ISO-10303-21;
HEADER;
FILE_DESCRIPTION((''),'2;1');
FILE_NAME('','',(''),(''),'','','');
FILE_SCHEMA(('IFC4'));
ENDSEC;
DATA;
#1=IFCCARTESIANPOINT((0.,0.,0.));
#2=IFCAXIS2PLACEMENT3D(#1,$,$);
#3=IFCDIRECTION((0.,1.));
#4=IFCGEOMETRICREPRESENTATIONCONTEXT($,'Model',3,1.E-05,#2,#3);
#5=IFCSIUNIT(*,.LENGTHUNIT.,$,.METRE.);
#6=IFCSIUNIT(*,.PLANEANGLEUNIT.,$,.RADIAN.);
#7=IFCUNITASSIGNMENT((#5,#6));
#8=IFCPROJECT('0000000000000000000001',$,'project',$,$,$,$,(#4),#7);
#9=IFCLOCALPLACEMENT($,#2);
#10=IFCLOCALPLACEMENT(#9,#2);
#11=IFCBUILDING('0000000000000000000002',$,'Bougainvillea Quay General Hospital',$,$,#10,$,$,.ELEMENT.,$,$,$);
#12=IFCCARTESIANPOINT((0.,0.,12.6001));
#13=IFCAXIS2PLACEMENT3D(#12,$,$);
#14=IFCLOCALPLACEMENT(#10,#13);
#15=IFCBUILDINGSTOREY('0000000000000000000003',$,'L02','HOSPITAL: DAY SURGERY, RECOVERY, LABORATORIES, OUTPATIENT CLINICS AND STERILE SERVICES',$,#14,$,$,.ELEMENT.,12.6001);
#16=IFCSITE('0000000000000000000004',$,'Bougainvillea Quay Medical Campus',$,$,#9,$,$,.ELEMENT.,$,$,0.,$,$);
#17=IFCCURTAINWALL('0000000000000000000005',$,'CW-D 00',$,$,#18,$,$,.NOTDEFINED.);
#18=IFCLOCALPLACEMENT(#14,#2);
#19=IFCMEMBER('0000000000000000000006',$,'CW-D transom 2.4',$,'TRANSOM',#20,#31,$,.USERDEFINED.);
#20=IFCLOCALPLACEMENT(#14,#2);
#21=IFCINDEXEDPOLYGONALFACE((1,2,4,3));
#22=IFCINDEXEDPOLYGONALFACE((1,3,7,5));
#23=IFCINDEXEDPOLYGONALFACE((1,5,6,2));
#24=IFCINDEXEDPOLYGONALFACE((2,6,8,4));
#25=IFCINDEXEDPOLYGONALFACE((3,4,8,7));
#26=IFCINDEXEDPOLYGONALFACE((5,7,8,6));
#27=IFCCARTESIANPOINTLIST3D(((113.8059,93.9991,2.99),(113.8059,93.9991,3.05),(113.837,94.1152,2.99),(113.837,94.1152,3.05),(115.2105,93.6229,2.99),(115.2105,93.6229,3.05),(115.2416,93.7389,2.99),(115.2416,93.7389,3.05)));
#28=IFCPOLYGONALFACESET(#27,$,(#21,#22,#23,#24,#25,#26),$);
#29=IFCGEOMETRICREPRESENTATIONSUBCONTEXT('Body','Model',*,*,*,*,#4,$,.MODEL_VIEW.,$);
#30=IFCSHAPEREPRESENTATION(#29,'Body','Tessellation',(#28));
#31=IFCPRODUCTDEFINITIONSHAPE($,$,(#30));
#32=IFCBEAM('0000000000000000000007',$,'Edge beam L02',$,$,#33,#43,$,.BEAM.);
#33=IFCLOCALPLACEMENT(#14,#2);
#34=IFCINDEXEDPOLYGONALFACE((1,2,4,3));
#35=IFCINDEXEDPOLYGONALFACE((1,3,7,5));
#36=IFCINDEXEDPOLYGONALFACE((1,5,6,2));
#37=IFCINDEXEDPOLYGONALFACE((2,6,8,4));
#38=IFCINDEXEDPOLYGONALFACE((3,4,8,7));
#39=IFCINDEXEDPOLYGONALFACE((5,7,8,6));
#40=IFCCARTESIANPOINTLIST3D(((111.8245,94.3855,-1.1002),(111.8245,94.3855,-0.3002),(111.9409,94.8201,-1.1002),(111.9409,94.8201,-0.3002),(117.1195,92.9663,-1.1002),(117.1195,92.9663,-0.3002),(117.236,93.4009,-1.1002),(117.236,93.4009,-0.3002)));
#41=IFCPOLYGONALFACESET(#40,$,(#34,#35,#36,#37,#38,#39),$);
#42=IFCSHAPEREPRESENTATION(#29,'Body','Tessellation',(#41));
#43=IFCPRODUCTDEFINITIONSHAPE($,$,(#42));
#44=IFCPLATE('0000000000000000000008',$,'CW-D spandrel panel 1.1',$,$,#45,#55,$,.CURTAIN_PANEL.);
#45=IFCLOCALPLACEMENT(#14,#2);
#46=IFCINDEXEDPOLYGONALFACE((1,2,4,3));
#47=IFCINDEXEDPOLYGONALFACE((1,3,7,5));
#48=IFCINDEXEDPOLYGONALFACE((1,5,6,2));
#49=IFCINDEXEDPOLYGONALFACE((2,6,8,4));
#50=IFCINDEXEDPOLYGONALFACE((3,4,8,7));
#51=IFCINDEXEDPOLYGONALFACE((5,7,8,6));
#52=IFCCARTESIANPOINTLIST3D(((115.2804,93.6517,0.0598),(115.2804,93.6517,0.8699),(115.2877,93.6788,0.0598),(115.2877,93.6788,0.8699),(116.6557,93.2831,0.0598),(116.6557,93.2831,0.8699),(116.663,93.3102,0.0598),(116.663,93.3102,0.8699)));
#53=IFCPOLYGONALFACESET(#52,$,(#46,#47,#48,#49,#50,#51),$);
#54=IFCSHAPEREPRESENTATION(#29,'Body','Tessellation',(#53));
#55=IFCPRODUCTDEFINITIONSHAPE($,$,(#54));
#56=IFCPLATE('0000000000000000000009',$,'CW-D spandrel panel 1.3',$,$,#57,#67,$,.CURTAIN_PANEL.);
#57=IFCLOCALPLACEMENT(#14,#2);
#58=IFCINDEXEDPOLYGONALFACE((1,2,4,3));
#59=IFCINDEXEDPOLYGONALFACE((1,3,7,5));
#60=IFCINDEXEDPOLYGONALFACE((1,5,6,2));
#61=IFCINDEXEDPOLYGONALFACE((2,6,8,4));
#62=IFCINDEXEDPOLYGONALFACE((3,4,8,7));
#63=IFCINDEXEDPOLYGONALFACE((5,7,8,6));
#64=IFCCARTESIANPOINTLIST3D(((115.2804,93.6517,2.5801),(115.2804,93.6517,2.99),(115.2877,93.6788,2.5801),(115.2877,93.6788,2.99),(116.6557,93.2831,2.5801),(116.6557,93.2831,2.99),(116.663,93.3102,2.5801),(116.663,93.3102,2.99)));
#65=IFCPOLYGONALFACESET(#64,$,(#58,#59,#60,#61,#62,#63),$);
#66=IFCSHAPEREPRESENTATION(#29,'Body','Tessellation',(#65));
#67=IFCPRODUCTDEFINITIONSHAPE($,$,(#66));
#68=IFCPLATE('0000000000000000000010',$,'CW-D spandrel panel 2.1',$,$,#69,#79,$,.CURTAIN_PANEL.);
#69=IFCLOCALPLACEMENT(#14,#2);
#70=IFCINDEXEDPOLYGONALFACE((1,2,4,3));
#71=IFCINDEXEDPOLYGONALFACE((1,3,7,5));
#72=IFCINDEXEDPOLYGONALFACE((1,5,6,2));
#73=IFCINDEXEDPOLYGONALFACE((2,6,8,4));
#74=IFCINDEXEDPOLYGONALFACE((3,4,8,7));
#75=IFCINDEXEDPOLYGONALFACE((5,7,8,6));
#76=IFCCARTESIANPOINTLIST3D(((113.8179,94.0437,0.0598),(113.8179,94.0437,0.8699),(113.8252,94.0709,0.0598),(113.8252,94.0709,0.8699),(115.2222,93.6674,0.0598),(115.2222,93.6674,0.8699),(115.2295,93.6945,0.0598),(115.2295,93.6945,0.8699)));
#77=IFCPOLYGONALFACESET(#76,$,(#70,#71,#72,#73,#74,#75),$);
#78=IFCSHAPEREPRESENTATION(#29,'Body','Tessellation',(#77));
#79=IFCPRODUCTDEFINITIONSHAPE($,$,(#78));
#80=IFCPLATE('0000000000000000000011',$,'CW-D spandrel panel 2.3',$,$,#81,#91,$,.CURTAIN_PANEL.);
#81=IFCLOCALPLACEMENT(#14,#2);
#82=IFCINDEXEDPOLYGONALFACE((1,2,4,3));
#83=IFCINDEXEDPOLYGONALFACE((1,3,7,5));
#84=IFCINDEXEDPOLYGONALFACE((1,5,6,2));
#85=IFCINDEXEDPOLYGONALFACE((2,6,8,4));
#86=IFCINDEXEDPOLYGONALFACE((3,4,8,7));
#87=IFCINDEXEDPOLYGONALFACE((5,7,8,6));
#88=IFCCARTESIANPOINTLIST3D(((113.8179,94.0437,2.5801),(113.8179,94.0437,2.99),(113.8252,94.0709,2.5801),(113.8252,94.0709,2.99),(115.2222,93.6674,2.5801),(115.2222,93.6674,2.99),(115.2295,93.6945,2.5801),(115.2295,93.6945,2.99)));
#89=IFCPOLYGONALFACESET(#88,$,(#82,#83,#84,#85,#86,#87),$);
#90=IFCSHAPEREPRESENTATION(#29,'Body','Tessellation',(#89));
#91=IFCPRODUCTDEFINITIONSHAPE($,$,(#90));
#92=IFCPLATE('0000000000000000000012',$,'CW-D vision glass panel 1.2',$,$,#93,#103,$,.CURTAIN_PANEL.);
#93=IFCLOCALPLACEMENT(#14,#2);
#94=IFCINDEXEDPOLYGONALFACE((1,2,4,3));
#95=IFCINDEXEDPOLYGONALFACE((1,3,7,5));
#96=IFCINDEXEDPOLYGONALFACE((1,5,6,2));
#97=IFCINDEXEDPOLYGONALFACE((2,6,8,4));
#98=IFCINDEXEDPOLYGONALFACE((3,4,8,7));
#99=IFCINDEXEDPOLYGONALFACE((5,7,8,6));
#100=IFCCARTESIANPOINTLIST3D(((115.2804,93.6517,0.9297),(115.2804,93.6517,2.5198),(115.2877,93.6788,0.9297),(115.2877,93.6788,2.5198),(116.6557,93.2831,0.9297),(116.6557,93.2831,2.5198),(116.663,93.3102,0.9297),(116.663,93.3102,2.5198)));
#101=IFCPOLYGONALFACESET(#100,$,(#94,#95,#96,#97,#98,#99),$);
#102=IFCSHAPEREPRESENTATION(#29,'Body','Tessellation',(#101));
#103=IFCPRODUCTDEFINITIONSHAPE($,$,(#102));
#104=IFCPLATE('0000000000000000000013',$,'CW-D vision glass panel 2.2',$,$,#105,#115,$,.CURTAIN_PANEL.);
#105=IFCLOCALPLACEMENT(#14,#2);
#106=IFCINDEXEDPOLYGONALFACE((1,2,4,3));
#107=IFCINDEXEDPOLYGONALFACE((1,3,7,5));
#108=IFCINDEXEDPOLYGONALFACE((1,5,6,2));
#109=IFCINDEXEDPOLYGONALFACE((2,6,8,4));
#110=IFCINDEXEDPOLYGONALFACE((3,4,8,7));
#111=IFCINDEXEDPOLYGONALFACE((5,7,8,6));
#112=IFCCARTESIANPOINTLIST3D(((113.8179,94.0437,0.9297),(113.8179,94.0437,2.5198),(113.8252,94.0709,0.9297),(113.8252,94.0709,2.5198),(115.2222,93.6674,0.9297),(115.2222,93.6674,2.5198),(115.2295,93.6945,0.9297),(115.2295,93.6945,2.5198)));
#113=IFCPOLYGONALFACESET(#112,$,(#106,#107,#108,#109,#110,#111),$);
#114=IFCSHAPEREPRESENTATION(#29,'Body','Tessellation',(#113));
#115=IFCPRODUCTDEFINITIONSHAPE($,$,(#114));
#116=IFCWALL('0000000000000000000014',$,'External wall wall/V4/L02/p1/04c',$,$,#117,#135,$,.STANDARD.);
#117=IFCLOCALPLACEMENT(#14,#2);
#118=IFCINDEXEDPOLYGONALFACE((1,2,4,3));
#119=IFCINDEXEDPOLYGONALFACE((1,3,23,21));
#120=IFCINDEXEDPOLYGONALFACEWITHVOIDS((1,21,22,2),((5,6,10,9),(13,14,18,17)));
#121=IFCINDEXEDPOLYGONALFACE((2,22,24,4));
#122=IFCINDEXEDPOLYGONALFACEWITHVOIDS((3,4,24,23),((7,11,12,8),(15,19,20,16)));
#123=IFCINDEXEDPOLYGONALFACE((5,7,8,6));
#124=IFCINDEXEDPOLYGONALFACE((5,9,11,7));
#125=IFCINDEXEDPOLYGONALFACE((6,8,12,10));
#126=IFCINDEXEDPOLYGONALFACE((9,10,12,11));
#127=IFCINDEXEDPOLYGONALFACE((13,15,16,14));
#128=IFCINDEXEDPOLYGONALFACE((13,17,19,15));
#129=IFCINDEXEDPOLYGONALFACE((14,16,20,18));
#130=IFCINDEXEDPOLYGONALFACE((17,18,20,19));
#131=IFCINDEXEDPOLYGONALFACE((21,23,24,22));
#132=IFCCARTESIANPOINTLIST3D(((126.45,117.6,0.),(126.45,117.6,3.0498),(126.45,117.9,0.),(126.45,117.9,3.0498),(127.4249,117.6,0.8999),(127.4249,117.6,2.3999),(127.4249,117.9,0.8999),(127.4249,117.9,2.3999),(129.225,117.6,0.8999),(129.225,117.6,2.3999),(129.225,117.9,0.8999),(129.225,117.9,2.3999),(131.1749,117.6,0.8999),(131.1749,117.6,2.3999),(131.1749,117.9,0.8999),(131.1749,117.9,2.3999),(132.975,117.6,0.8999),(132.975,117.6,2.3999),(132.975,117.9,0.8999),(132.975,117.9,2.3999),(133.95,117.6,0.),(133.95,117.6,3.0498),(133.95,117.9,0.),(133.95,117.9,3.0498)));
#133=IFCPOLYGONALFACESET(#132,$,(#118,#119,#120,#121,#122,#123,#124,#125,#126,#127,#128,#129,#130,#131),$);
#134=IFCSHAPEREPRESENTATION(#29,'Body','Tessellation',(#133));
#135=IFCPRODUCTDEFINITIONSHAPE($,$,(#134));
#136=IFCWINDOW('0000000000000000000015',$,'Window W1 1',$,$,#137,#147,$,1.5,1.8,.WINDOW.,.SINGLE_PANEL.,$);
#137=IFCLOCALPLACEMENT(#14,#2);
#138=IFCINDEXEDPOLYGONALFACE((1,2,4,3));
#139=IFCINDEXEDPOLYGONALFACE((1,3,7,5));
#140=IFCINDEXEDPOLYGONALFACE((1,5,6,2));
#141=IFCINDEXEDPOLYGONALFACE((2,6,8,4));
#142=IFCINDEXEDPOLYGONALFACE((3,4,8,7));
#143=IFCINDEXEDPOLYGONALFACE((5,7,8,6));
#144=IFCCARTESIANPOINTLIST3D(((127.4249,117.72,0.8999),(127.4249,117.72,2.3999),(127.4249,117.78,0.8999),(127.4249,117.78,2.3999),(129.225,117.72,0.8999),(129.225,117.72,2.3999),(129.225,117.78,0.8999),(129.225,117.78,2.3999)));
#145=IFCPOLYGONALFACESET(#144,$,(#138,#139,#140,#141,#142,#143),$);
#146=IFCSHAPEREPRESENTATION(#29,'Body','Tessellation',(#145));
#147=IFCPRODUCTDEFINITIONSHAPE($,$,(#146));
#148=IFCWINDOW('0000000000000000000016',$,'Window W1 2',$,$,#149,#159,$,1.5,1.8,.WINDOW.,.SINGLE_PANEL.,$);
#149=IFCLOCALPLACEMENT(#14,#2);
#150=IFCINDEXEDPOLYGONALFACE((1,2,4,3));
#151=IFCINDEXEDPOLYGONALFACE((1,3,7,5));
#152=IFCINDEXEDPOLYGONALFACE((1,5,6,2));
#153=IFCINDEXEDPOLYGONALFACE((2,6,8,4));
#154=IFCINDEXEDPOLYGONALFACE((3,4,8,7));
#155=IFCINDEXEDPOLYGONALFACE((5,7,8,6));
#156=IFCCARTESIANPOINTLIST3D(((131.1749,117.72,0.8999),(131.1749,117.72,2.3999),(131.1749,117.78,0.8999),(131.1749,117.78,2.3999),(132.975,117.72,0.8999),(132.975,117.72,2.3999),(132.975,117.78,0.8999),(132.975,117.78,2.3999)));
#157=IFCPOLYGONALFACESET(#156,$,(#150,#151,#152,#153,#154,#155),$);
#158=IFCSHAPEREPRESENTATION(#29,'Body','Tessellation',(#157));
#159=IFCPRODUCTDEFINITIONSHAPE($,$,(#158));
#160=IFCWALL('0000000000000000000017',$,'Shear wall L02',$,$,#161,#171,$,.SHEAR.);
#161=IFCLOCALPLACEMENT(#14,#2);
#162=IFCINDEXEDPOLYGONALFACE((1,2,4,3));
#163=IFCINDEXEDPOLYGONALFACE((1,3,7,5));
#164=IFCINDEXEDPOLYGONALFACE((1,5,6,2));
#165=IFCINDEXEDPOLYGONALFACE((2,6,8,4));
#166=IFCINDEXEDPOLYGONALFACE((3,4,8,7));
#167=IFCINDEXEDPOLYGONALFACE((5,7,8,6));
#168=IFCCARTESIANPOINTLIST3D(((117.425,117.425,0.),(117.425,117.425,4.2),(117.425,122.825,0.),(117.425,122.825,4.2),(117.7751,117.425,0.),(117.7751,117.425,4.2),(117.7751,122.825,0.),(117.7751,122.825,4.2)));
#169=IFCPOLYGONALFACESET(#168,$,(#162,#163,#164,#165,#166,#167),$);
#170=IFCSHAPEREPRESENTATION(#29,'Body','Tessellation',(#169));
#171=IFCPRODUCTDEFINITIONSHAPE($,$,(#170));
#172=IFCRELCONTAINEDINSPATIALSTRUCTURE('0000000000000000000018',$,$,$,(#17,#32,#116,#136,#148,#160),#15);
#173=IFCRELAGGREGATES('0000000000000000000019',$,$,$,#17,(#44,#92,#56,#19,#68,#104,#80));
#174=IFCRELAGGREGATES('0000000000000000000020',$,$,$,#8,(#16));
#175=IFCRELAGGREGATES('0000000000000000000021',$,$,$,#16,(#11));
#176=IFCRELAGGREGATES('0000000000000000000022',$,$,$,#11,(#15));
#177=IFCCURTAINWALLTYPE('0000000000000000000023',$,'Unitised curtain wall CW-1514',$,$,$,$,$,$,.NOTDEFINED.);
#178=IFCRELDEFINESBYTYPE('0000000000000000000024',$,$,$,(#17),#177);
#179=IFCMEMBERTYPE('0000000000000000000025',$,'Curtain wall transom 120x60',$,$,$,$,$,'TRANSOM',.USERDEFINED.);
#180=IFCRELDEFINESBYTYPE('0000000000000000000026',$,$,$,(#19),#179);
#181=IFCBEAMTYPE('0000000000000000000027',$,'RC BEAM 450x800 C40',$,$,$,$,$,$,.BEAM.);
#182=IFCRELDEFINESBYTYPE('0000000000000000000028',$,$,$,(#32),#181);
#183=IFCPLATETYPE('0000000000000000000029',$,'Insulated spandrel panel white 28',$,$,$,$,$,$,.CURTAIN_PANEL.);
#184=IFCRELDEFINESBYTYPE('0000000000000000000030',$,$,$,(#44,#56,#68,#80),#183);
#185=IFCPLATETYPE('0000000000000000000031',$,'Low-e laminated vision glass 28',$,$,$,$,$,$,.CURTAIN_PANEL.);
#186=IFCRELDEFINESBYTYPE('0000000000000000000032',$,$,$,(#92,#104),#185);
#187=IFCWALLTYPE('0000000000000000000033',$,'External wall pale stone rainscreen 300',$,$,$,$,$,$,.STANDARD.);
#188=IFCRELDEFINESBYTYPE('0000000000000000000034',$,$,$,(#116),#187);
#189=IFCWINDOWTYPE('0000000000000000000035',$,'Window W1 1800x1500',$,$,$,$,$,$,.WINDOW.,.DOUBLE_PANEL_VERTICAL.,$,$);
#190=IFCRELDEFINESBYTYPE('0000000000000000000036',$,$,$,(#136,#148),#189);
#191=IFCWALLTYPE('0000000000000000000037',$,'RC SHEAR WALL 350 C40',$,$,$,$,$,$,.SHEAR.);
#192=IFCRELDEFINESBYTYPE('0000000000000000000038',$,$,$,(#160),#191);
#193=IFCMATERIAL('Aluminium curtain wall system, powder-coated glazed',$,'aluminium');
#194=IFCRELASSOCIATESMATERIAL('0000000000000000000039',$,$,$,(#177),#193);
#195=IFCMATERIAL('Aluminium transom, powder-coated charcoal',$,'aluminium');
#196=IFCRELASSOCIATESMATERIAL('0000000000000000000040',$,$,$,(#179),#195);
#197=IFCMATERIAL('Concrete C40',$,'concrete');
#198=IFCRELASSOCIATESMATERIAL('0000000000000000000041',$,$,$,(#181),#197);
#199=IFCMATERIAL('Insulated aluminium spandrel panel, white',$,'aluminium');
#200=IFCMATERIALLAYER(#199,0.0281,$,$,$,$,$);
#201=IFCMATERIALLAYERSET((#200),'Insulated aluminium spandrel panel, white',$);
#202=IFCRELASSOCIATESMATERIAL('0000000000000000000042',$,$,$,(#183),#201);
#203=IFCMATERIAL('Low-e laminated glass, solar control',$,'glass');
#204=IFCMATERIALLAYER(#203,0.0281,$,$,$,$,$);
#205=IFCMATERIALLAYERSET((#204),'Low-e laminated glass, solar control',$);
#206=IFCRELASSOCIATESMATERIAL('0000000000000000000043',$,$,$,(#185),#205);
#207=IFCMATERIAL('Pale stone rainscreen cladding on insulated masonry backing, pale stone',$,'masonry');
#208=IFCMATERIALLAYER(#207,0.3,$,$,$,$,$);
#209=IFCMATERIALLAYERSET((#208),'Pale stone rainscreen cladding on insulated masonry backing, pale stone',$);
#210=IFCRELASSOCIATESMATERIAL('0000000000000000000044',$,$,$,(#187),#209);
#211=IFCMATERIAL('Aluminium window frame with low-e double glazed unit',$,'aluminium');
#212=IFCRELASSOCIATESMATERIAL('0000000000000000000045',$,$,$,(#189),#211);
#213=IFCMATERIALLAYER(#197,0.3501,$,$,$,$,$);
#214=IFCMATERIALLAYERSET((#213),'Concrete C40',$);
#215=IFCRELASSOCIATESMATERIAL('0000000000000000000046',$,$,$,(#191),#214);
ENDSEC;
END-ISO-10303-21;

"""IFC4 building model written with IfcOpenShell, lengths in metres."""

from ifc_helpers import new_model, si_unit, direction, frame, frame_2d, origin, origin_2d, place, context, subcontext, project, spatial, rectangle, extrude, material, layer, layer_set, material_profile, profile_set, type_object, element, fill, aggregate, save


model = new_model("IFC4")

# Units and contexts
model_context = context("Model", 3, precision=1e-05, world=origin(), true_north=direction((0.0, 1.0)))
body_context = subcontext(model_context, "Body", "Model", "MODEL_VIEW")
ifc_project = project(units=[si_unit("LENGTHUNIT", "METRE"), si_unit("PLANEANGLEUNIT", "RADIAN")], contexts=[model_context])

# Site, building, storey
site_placement = place(None, origin())
site = spatial("IfcSite", under=ifc_project, at=site_placement, Name="Bougainvillea Quay Medical Campus", CompositionType="ELEMENT", RefElevation=0.0)
building_placement = place(site_placement, origin())
building = spatial("IfcBuilding", under=site, at=building_placement, Name="Bougainvillea Quay General Hospital", CompositionType="ELEMENT")
storey_placement = place(building_placement, frame((0.0, 0.0, 12.6001)))
storey = spatial("IfcBuildingStorey", under=building, at=storey_placement, Name="L02", Description="HOSPITAL: DAY SURGERY, RECOVERY, LABORATORIES, OUTPATIENT CLINICS AND STERILE SERVICES", CompositionType="ELEMENT", Elevation=12.6001)

# Shared definitions
ifc_material_1 = material(Name="Concrete C40", Category="concrete")

# Curtain wall, member
ifc_material_2 = material(Name="Aluminium curtain wall system, powder-coated glazed", Category="aluminium")
curtain_wall_type = type_object("IfcCurtainWallType", Name="Unitised curtain wall CW-1514", PredefinedType="NOTDEFINED", material=ifc_material_2)
curtain_wall_placement = place(storey_placement, origin())
curtain_wall = element("IfcCurtainWall", 1, at=curtain_wall_placement, inside=storey, type_object=curtain_wall_type, Name="CW-D 00", PredefinedType="NOTDEFINED")
ifc_material_3 = material(Name="Aluminium transom, powder-coated charcoal", Category="aluminium")
ifc_material_profile_1 = material_profile(ifc_material_3, rectangle(XDim=0.1201, YDim=0.0601, at=origin_2d()))
ifc_profile_set_1 = profile_set([ifc_material_profile_1], Name="Aluminium transom, powder-coated charcoal")
member_type_1 = type_object("IfcMemberType", Name="Curtain wall transom 120x60", ElementType="TRANSOM", PredefinedType="USERDEFINED", material=ifc_profile_set_1)
member_1_placement = place(storey_placement, frame((115.2261, 93.6809, 3.02), z_axis=(-0.965947, 0.258739, 0.0), x_axis=(-0.258739, -0.965947, 0.0)))
member_1 = element("IfcMember", 2, at=member_1_placement, type_object=member_type_1, Name="CW-D transom 2.4", ObjectType="TRANSOM", PredefinedType="USERDEFINED", context=body_context, shape_type="SweptSolid", body=[
    extrude(rectangle(XDim=0.1201, YDim=0.0601, at=origin_2d()), origin(), (0.0, 0.0, 1.0), 1.4541),
])

# Beam
ifc_material_profile_2 = material_profile(ifc_material_1, rectangle(XDim=0.45, YDim=0.8, at=origin_2d()))
ifc_profile_set_2 = profile_set([ifc_material_profile_2], Name="Concrete C40")
beam_type = type_object("IfcBeamType", Name="RC BEAM 450x800 C40", PredefinedType="BEAM", material=ifc_profile_set_2)
beam_placement = place(storey_placement, frame((117.1777, 93.1836, -0.7002), z_axis=(-0.965907, 0.25889, 0.0), x_axis=(-0.25889, -0.965907, 0.0)))
element("IfcBeam", 3, at=beam_placement, inside=storey, type_object=beam_type, Name="Edge beam L02", PredefinedType="BEAM", context=body_context, shape_type="SweptSolid", body=[
    extrude(rectangle(XDim=0.45, YDim=0.8, at=origin_2d()), origin(), (0.0, 0.0, 1.0), 5.4819),
])

# Plates
ifc_material_4 = material(Name="Insulated aluminium spandrel panel, white", Category="aluminium")
ifc_layer_1 = layer(ifc_material_4, 0.0281)
ifc_layer_set_1 = layer_set([ifc_layer_1], Name="Insulated aluminium spandrel panel, white")
plate_type_1 = type_object("IfcPlateType", Name="Insulated spandrel panel white 28", PredefinedType="CURTAIN_PANEL", material=ifc_layer_set_1)
plate_1_placement = place(storey_placement, frame((115.9717, 93.481, 0.0598), z_axis=(0.0, 0.0, 1.0), x_axis=(-0.965916, 0.258855, 0.0)))
plate_1 = element("IfcPlate", 4, at=plate_1_placement, type_object=plate_type_1, Name="CW-D spandrel panel 1.1", PredefinedType="CURTAIN_PANEL", context=body_context, shape_type="SweptSolid", body=[
    extrude(rectangle(XDim=1.4238, YDim=0.0281, at=origin_2d()), origin(), (0.0, 0.0, 1.0), 0.8101),
])
plate_2_placement = place(storey_placement, frame((115.9717, 93.481, 2.5801), z_axis=(0.0, 0.0, 1.0), x_axis=(-0.965916, 0.258855, 0.0)))
plate_2 = element("IfcPlate", 5, at=plate_2_placement, type_object=plate_type_1, Name="CW-D spandrel panel 1.3", PredefinedType="CURTAIN_PANEL", context=body_context, shape_type="SweptSolid", body=[
    extrude(rectangle(XDim=1.4238, YDim=0.0281, at=origin_2d()), origin(), (0.0, 0.0, 1.0), 0.4099),
])
plate_3_placement = place(storey_placement, frame((114.5237, 93.8691, 0.0598), z_axis=(0.0, 0.0, 1.0), x_axis=(-0.965916, 0.258855, 0.0)))
plate_3 = element("IfcPlate", 6, at=plate_3_placement, type_object=plate_type_1, Name="CW-D spandrel panel 2.1", PredefinedType="CURTAIN_PANEL", context=body_context, shape_type="SweptSolid", body=[
    extrude(rectangle(XDim=1.4539, YDim=0.0281, at=origin_2d()), origin(), (0.0, 0.0, 1.0), 0.8101),
])
plate_4_placement = place(storey_placement, frame((114.5237, 93.8691, 2.5801), z_axis=(0.0, 0.0, 1.0), x_axis=(-0.965916, 0.258855, 0.0)))
plate_4 = element("IfcPlate", 7, at=plate_4_placement, type_object=plate_type_1, Name="CW-D spandrel panel 2.3", PredefinedType="CURTAIN_PANEL", context=body_context, shape_type="SweptSolid", body=[
    extrude(rectangle(XDim=1.4539, YDim=0.0281, at=origin_2d()), origin(), (0.0, 0.0, 1.0), 0.4099),
])
ifc_material_5 = material(Name="Low-e laminated glass, solar control", Category="glass")
ifc_layer_2 = layer(ifc_material_5, 0.0281)
ifc_layer_set_2 = layer_set([ifc_layer_2], Name="Low-e laminated glass, solar control")
plate_type_2 = type_object("IfcPlateType", Name="Low-e laminated vision glass 28", PredefinedType="CURTAIN_PANEL", material=ifc_layer_set_2)
plate_5_placement = place(storey_placement, frame((115.9717, 93.481, 0.9297), z_axis=(0.0, 0.0, 1.0), x_axis=(-0.965916, 0.258855, 0.0)))
plate_5 = element("IfcPlate", 8, at=plate_5_placement, type_object=plate_type_2, Name="CW-D vision glass panel 1.2", PredefinedType="CURTAIN_PANEL", context=body_context, shape_type="SweptSolid", body=[
    extrude(rectangle(XDim=1.4238, YDim=0.0281, at=origin_2d()), origin(), (0.0, 0.0, 1.0), 1.5901),
])
plate_6_placement = place(storey_placement, frame((114.5237, 93.8691, 0.9297), z_axis=(0.0, 0.0, 1.0), x_axis=(-0.965916, 0.258855, 0.0)))
plate_6 = element("IfcPlate", 9, at=plate_6_placement, type_object=plate_type_2, Name="CW-D vision glass panel 2.2", PredefinedType="CURTAIN_PANEL", context=body_context, shape_type="SweptSolid", body=[
    extrude(rectangle(XDim=1.4539, YDim=0.0281, at=origin_2d()), origin(), (0.0, 0.0, 1.0), 1.5901),
])
aggregate(curtain_wall, [plate_1, plate_5, plate_2, member_1, plate_3, plate_6, plate_4])

# Wall, openings, windows
ifc_material_6 = material(Name="Pale stone rainscreen cladding on insulated masonry backing, pale stone", Category="masonry")
ifc_layer_3 = layer(ifc_material_6, 0.3)
ifc_layer_set_3 = layer_set([ifc_layer_3], Name="Pale stone rainscreen cladding on insulated masonry backing, pale stone")
wall_type_1 = type_object("IfcWallType", Name="External wall pale stone rainscreen 300", PredefinedType="STANDARD", material=ifc_layer_set_3)
wall_1_placement = place(storey_placement, frame((126.45, 117.75, 0.0), z_axis=(0.0, 0.0, 1.0), x_axis=(1.0, 0.0, 0.0)))
wall_1 = element("IfcWall", 10, at=wall_1_placement, inside=storey, type_object=wall_type_1, Name="External wall wall/V4/L02/p1/04c", PredefinedType="STANDARD", context=body_context, shape_type="SweptSolid", body=[
    extrude(rectangle(XDim=7.5, YDim=0.3, at=frame_2d((3.75, 0.0))), origin(), (0.0, 0.0, 1.0), 3.0498),
])
opening_1_placement = place(wall_1_placement, frame((0.9751, 0.0, 0.8999)))
opening_1 = element("IfcOpeningElement", 11, at=opening_1_placement, cuts=wall_1, PredefinedType="OPENING", context=body_context, shape_type="SweptSolid", body=[
    extrude(rectangle(XDim=1.8, YDim=1.5, at=frame_2d((0.8999, 0.75))), frame((0.0, 0.1599, 0.0), z_axis=(0.0, -1.0, 0.0), x_axis=(1.0, 0.0, 0.0)), (0.0, 0.0, 1.0), 0.3201),
])
opening_2_placement = place(wall_1_placement, frame((4.7251, 0.0, 0.8999)))
opening_2 = element("IfcOpeningElement", 12, at=opening_2_placement, cuts=wall_1, PredefinedType="OPENING", context=body_context, shape_type="SweptSolid", body=[
    extrude(rectangle(XDim=1.8, YDim=1.5, at=frame_2d((0.8999, 0.75))), frame((0.0, 0.1599, 0.0), z_axis=(0.0, -1.0, 0.0), x_axis=(1.0, 0.0, 0.0)), (0.0, 0.0, 1.0), 0.3201),
])
ifc_material_7 = material(Name="Aluminium window frame with low-e double glazed unit", Category="aluminium")
window_type = type_object("IfcWindowType", Name="Window W1 1800x1500", PartitioningType="DOUBLE_PANEL_VERTICAL", PredefinedType="WINDOW", material=ifc_material_7)
window_1_placement = place(opening_1_placement, origin())
window_1 = element("IfcWindow", 13, at=window_1_placement, inside=storey, type_object=window_type, Name="Window W1 1", OverallHeight=1.5, OverallWidth=1.8, PartitioningType="SINGLE_PANEL", PredefinedType="WINDOW", context=body_context, shape_type="SweptSolid", body=[
    extrude(rectangle(XDim=1.8, YDim=1.5, at=frame_2d((0.8999, 0.75))), frame((0.0, 0.03, 0.0), z_axis=(0.0, -1.0, 0.0), x_axis=(1.0, 0.0, 0.0)), (0.0, 0.0, 1.0), 0.0601),
])
fill(opening_1, window_1)
window_2_placement = place(opening_2_placement, origin())
window_2 = element("IfcWindow", 14, at=window_2_placement, inside=storey, type_object=window_type, Name="Window W1 2", OverallHeight=1.5, OverallWidth=1.8, PartitioningType="SINGLE_PANEL", PredefinedType="WINDOW", context=body_context, shape_type="SweptSolid", body=[
    extrude(rectangle(XDim=1.8, YDim=1.5, at=frame_2d((0.8999, 0.75))), frame((0.0, 0.03, 0.0), z_axis=(0.0, -1.0, 0.0), x_axis=(1.0, 0.0, 0.0)), (0.0, 0.0, 1.0), 0.0601),
])
fill(opening_2, window_2)

# Wall
ifc_layer_4 = layer(ifc_material_1, 0.3501)
ifc_layer_set_4 = layer_set([ifc_layer_4], Name="Concrete C40")
wall_type_2 = type_object("IfcWallType", Name="RC SHEAR WALL 350 C40", PredefinedType="SHEAR", material=ifc_layer_set_4)
wall_2_placement = place(storey_placement, frame((117.6001, 117.425, 0.0), z_axis=(0.0, 0.0, 1.0), x_axis=(0.0, 1.0, 0.0)))
element("IfcWall", 15, at=wall_2_placement, inside=storey, type_object=wall_type_2, Name="Shear wall L02", PredefinedType="SHEAR", context=body_context, shape_type="SweptSolid", body=[
    extrude(rectangle(XDim=5.3999, YDim=0.3501, at=frame_2d((2.7, 0.0))), origin(), (0.0, 0.0, 1.0), 4.2),
])

save(model, "model.ifc")
